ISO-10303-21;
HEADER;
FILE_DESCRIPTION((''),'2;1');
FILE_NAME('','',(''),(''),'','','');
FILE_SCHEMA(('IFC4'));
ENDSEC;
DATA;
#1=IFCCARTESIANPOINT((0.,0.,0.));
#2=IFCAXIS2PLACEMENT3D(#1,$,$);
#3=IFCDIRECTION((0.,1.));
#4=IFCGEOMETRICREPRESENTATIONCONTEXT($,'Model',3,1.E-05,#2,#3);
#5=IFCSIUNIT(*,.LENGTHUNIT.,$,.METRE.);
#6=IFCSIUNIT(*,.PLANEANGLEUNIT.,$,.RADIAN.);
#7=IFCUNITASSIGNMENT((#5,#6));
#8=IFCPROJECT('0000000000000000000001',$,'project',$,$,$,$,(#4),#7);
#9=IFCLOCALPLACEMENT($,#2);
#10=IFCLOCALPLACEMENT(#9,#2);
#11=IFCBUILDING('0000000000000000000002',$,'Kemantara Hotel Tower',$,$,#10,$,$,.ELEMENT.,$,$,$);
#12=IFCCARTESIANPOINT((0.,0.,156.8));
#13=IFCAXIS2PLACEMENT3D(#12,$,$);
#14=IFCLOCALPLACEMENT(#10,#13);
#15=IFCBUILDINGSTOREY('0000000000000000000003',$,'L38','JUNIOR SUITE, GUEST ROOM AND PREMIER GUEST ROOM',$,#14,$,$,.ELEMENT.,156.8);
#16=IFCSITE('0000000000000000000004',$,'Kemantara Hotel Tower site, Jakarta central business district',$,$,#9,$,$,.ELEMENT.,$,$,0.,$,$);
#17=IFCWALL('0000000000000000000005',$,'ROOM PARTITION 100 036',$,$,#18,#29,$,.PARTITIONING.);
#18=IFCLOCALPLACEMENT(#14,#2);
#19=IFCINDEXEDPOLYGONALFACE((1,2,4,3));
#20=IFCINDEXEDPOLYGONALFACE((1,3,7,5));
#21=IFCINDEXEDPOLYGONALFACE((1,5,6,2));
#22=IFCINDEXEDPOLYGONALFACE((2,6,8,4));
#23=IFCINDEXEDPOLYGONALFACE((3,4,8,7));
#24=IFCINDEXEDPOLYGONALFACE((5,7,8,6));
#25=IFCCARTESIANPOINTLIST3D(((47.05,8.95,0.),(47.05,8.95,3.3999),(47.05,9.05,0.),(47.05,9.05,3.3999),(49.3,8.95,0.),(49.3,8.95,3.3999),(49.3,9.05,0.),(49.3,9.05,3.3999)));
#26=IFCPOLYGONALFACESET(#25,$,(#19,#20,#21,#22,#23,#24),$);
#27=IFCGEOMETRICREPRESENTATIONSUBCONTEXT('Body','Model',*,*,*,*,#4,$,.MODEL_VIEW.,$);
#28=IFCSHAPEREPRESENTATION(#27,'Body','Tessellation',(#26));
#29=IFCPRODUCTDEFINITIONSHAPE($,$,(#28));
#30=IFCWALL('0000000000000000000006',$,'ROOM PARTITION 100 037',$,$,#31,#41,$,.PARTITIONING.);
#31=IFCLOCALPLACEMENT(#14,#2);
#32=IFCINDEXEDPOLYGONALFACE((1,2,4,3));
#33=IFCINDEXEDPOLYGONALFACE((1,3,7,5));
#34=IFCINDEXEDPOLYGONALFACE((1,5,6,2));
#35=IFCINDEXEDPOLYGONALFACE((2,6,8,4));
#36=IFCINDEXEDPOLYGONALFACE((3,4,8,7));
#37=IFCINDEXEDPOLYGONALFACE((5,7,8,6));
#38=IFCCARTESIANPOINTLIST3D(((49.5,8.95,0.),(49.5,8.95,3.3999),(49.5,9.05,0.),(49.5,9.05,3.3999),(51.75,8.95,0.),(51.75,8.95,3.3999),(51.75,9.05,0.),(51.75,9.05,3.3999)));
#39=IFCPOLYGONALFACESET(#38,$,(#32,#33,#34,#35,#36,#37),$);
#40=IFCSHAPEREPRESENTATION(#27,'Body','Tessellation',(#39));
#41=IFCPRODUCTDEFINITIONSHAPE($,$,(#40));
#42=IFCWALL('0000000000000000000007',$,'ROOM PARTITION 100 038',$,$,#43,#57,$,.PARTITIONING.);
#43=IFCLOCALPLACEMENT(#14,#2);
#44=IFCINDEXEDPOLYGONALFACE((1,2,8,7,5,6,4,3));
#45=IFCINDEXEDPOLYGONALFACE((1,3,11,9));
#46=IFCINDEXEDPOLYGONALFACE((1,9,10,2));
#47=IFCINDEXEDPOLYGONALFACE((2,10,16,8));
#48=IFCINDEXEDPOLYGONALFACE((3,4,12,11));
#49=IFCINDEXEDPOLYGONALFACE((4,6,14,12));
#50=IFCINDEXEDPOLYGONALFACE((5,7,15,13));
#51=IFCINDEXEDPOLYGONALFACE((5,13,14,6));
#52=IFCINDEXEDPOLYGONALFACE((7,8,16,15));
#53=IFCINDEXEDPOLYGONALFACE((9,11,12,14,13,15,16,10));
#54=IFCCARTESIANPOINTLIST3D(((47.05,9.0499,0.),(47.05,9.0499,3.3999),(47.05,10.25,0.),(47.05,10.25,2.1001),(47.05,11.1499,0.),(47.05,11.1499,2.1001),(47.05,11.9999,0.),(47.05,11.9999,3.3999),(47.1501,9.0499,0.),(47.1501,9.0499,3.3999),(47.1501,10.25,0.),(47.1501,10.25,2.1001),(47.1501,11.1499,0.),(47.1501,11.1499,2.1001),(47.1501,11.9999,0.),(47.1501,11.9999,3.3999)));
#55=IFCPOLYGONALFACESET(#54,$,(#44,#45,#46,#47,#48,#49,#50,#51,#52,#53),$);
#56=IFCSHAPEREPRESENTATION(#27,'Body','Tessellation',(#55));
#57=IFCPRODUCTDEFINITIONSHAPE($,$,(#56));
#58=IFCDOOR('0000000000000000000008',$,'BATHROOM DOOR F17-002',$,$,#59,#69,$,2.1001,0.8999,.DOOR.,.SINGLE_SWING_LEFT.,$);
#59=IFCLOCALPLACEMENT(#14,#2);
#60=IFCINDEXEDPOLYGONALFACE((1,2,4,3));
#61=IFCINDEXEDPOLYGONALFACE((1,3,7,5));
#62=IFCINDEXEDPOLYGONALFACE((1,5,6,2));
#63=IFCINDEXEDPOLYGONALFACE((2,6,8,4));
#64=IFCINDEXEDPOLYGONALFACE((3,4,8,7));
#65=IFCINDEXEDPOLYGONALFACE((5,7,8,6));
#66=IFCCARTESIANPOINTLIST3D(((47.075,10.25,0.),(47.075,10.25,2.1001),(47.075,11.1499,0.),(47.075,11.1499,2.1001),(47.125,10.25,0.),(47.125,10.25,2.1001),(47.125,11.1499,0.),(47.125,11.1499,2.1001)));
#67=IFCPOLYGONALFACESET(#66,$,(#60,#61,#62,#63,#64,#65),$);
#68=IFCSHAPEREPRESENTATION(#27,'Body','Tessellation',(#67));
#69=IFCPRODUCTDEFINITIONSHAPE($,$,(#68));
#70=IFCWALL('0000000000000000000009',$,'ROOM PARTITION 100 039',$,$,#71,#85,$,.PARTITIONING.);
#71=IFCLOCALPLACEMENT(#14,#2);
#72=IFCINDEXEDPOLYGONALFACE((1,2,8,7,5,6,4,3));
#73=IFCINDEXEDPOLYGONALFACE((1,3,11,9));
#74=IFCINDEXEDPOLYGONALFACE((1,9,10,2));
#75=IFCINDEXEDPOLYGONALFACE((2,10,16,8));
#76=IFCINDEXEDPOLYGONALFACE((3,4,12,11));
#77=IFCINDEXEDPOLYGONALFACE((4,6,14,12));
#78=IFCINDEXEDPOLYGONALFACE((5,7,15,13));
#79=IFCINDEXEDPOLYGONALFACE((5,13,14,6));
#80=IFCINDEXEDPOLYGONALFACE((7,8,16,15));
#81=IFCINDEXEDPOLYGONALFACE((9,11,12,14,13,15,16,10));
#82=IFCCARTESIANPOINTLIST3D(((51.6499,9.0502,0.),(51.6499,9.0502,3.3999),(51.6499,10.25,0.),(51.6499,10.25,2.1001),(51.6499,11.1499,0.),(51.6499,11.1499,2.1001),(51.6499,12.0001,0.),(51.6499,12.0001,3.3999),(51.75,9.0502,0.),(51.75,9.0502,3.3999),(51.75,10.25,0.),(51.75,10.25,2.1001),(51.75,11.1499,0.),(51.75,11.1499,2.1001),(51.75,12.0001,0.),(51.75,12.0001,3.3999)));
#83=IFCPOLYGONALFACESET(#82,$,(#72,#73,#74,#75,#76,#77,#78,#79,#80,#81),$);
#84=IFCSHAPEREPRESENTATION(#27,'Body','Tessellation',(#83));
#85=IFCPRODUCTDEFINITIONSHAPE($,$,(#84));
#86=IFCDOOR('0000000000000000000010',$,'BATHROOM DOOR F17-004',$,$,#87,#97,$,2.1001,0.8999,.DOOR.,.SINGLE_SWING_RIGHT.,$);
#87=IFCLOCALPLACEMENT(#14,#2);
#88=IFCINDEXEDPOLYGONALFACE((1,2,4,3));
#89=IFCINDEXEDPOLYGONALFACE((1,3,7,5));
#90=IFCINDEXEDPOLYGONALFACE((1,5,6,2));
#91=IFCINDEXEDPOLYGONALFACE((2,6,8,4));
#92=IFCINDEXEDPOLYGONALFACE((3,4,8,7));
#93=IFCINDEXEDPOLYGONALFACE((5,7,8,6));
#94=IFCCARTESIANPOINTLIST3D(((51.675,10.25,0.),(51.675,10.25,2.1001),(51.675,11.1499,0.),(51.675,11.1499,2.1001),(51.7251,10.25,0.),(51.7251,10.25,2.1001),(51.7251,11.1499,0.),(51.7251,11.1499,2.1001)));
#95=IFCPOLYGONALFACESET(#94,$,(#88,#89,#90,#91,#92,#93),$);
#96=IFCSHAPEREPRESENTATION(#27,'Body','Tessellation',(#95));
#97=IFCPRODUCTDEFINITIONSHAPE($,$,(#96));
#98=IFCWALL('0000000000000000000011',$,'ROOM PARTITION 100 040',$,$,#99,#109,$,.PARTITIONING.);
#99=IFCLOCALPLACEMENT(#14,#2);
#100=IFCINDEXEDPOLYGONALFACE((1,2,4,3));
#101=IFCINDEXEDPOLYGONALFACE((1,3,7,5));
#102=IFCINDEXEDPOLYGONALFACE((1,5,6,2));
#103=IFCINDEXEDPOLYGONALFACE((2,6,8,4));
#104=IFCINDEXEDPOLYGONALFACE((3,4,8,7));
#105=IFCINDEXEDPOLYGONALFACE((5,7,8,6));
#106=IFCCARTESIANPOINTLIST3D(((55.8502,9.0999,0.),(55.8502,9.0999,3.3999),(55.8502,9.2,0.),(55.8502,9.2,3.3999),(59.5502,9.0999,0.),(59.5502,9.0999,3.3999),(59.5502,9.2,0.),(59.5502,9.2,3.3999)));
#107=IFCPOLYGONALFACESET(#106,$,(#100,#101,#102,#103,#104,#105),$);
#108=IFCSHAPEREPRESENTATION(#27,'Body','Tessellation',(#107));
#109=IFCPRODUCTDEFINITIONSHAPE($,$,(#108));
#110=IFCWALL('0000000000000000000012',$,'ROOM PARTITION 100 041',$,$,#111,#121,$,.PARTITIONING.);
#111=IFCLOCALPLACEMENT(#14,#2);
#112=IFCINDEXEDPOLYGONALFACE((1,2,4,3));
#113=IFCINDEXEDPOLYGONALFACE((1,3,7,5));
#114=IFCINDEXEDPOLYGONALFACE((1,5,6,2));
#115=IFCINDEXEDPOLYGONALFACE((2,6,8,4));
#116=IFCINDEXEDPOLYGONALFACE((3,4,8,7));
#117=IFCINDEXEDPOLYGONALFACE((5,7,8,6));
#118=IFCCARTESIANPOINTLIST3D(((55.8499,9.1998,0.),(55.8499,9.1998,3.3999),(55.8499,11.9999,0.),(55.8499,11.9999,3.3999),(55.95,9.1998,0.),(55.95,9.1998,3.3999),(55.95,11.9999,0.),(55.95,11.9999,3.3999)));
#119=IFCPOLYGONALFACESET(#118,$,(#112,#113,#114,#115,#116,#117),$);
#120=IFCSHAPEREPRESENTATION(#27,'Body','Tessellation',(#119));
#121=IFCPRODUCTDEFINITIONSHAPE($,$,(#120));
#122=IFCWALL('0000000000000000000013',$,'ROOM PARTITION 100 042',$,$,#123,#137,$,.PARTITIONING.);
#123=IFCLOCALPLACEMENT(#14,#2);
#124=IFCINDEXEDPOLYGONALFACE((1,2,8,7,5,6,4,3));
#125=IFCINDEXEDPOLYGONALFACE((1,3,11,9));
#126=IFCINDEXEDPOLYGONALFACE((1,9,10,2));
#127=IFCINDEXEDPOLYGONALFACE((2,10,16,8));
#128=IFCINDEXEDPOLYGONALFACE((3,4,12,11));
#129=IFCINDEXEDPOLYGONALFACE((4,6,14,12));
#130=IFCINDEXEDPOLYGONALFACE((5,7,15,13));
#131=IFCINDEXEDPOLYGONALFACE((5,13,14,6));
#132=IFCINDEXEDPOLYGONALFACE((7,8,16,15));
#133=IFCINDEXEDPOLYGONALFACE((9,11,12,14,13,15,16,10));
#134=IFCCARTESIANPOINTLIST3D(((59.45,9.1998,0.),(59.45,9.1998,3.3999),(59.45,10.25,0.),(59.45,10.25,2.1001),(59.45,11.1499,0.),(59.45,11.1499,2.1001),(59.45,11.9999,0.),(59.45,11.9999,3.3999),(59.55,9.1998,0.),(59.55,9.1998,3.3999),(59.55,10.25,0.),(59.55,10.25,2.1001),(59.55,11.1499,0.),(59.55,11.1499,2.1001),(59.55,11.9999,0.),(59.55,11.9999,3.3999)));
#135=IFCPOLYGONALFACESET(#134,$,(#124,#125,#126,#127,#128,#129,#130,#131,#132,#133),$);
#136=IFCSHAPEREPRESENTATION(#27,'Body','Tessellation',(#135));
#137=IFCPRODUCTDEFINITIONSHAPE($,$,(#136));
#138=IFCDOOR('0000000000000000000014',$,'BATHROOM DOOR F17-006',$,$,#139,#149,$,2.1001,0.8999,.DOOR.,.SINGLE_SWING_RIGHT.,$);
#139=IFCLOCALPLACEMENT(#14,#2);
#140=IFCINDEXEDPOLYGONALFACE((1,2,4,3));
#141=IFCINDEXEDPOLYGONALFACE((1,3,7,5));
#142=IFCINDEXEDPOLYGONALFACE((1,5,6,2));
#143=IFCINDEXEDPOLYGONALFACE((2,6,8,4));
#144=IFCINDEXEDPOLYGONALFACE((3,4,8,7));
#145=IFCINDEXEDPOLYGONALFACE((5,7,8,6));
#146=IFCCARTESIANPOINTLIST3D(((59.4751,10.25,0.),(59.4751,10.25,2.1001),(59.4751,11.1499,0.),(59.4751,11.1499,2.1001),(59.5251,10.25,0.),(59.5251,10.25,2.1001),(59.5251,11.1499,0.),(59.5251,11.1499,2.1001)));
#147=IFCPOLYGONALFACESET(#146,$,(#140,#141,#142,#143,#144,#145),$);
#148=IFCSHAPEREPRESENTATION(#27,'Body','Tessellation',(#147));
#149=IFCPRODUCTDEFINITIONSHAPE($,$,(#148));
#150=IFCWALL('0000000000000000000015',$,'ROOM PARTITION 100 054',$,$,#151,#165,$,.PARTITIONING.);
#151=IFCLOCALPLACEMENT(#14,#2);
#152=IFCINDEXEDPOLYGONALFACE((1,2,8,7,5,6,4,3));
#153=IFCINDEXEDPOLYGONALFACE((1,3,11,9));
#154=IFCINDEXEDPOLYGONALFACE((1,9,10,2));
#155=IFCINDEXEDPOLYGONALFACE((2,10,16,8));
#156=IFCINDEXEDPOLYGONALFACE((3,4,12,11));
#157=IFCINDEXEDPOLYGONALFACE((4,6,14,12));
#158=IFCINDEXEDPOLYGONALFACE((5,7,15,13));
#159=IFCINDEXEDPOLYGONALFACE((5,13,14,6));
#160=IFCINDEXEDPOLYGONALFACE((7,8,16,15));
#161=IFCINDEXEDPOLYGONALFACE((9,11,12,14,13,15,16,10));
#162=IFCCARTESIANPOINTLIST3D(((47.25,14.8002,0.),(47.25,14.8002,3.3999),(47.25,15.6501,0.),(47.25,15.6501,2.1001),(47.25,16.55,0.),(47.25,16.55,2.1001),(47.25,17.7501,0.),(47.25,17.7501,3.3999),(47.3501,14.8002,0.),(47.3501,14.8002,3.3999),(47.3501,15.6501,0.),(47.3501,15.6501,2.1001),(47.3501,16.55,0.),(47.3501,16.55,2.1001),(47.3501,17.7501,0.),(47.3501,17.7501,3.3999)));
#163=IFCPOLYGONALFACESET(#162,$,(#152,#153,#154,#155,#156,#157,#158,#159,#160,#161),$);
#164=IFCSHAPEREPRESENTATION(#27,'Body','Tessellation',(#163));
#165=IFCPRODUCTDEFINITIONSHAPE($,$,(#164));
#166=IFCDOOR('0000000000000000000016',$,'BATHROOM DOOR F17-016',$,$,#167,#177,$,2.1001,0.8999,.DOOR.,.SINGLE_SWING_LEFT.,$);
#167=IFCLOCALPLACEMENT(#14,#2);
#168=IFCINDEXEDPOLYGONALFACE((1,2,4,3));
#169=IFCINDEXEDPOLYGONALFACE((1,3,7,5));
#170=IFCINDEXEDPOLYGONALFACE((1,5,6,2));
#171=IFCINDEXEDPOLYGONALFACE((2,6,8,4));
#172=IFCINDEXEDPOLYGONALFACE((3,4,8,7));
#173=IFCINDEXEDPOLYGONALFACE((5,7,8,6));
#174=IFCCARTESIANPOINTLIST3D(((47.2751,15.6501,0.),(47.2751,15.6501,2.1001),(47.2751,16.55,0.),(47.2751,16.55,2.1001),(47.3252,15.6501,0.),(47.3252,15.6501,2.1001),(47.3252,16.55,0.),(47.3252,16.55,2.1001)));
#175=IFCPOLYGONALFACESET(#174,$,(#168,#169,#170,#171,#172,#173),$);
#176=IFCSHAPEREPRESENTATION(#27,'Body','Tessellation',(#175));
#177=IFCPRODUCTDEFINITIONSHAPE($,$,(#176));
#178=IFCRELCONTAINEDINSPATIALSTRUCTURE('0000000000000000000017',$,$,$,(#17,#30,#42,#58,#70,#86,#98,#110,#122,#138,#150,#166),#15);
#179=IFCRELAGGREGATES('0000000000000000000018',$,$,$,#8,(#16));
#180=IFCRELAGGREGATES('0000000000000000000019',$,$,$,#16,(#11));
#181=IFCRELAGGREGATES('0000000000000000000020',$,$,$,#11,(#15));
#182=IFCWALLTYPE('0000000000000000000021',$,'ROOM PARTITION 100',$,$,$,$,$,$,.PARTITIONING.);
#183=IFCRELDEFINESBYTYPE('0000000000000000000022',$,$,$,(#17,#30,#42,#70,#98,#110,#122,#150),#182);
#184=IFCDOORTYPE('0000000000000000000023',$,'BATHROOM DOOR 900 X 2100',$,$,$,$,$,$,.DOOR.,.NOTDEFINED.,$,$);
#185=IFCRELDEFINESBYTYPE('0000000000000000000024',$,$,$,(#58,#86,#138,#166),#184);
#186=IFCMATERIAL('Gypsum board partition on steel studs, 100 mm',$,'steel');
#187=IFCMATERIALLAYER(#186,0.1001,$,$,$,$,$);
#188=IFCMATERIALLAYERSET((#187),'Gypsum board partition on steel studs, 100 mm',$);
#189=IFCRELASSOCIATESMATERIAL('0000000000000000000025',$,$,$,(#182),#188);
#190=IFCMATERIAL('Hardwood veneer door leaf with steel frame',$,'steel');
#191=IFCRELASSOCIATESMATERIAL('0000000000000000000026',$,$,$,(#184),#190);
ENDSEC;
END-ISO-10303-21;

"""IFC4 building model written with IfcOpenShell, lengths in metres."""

from ifc_helpers import new_model, si_unit, direction, frame, frame_2d, origin, place, context, subcontext, project, spatial, rectangle, extrude, material, layer, layer_set, type_object, element, fill, save


model = new_model("IFC4")

# Units and contexts
model_context = context("Model", 3, precision=1e-05, world=origin(), true_north=direction((0.0, 1.0)))
body_context = subcontext(model_context, "Body", "Model", "MODEL_VIEW")
ifc_project = project(units=[si_unit("LENGTHUNIT", "METRE"), si_unit("PLANEANGLEUNIT", "RADIAN")], contexts=[model_context])

# Site, building, storey
site_placement = place(None, origin())
site = spatial("IfcSite", under=ifc_project, at=site_placement, Name="Kemantara Hotel Tower site, Jakarta central business district", CompositionType="ELEMENT", RefElevation=0.0)
building_placement = place(site_placement, origin())
building = spatial("IfcBuilding", under=site, at=building_placement, Name="Kemantara Hotel Tower", CompositionType="ELEMENT")
storey_placement = place(building_placement, frame((0.0, 0.0, 156.8)))
storey = spatial("IfcBuildingStorey", under=building, at=storey_placement, Name="L38", Description="JUNIOR SUITE, GUEST ROOM AND PREMIER GUEST ROOM", CompositionType="ELEMENT", Elevation=156.8)

# Shared definitions
ifc_material_1 = material(Name="Hardwood veneer door leaf with steel frame", Category="steel")

# Walls
ifc_material_2 = material(Name="Gypsum board partition on steel studs, 100 mm", Category="steel")
ifc_layer_1 = layer(ifc_material_2, 0.1001)
ifc_layer_set_1 = layer_set([ifc_layer_1], Name="Gypsum board partition on steel studs, 100 mm")
wall_type_1 = type_object("IfcWallType", Name="ROOM PARTITION 100", PredefinedType="PARTITIONING", material=ifc_layer_set_1)
for number, where, z_axis, x_axis, name in (
    (1, (47.05, 9.0, 0.0), (0.0, 0.0, 1.0), (1.0, 0.0, 0.0), "ROOM PARTITION 100 036"),
    (2, (49.5, 9.0, 0.0), (0.0, 0.0, 1.0), (1.0, 0.0, 0.0), "ROOM PARTITION 100 037"),
):
    element("IfcWall", number, at=place(storey_placement, frame(where, z_axis=z_axis, x_axis=x_axis)), inside=storey, type_object=wall_type_1, Name=name, PredefinedType="PARTITIONING", context=body_context, shape_type="SweptSolid", body=[
        extrude(rectangle(XDim=2.25, YDim=0.1001, at=frame_2d((1.125, 0.0))), origin(), (0.0, 0.0, 1.0), 3.3999),
    ])

# Walls, openings, doors
wall_1_placement = place(storey_placement, frame((47.1001, 12.0, 0.0), z_axis=(0.0, 0.0, 1.0), x_axis=(0.0, -1.0, 0.0)))
wall_1 = element("IfcWall", 3, at=wall_1_placement, inside=storey, type_object=wall_type_1, Name="ROOM PARTITION 100 038", PredefinedType="PARTITIONING", context=body_context, shape_type="SweptSolid", body=[
    extrude(rectangle(XDim=2.95, YDim=0.1001, at=frame_2d((1.4751, 0.0))), origin(), (0.0, 0.0, 1.0), 3.3999),
])
opening_1_placement = place(wall_1_placement, frame((0.8501, 0.0, 0.0)))
opening_1 = element("IfcOpeningElement", 4, at=opening_1_placement, cuts=wall_1, PredefinedType="OPENING", context=body_context, shape_type="SweptSolid", body=[
    extrude(rectangle(XDim=0.8999, YDim=2.1001, at=frame_2d((0.45, 1.05))), frame((0.0, 0.0601, 0.0), z_axis=(0.0, -1.0, 0.0), x_axis=(1.0, 0.0, 0.0)), (0.0, 0.0, 1.0), 0.1201),
])
door_type_1 = type_object("IfcDoorType", Name="BATHROOM DOOR 900 X 2100", OperationType="NOTDEFINED", PredefinedType="DOOR", material=ifc_material_1)
door_1_placement = place(opening_1_placement, origin())
door_1 = element("IfcDoor", 5, at=door_1_placement, inside=storey, type_object=door_type_1, Name="BATHROOM DOOR F17-002", OperationType="SINGLE_SWING_LEFT", OverallHeight=2.1001, OverallWidth=0.8999, PredefinedType="DOOR", context=body_context, shape_type="SweptSolid", body=[
    extrude(rectangle(XDim=0.8999, YDim=2.1001, at=frame_2d((0.45, 1.05))), frame((0.0, 0.0249, 0.0), z_axis=(0.0, -1.0, 0.0), x_axis=(1.0, 0.0, 0.0)), (0.0, 0.0, 1.0), 0.05),
])
fill(opening_1, door_1)
wall_2_placement = place(storey_placement, frame((51.7, 9.05, 0.0), z_axis=(0.0, 0.0, 1.0), x_axis=(0.0, 1.0, 0.0)))
wall_2 = element("IfcWall", 6, at=wall_2_placement, inside=storey, type_object=wall_type_1, Name="ROOM PARTITION 100 039", PredefinedType="PARTITIONING", context=body_context, shape_type="SweptSolid", body=[
    extrude(rectangle(XDim=2.95, YDim=0.1001, at=frame_2d((1.4751, 0.0))), origin(), (0.0, 0.0, 1.0), 3.3999),
])
opening_2_placement = place(wall_2_placement, frame((1.2, 0.0, 0.0)))
opening_2 = element("IfcOpeningElement", 7, at=opening_2_placement, cuts=wall_2, PredefinedType="OPENING", context=body_context, shape_type="SweptSolid", body=[
    extrude(rectangle(XDim=0.8999, YDim=2.1001, at=frame_2d((0.45, 1.05))), frame((0.0, 0.0601, 0.0), z_axis=(0.0, -1.0, 0.0), x_axis=(1.0, 0.0, 0.0)), (0.0, 0.0, 1.0), 0.1201),
])
door_2_placement = place(opening_2_placement, origin())
door_2 = element("IfcDoor", 8, at=door_2_placement, inside=storey, type_object=door_type_1, Name="BATHROOM DOOR F17-004", OperationType="SINGLE_SWING_RIGHT", OverallHeight=2.1001, OverallWidth=0.8999, PredefinedType="DOOR", context=body_context, shape_type="SweptSolid", body=[
    extrude(rectangle(XDim=0.8999, YDim=2.1001, at=frame_2d((0.45, 1.05))), frame((0.0, 0.0249, 0.0), z_axis=(0.0, -1.0, 0.0), x_axis=(1.0, 0.0, 0.0)), (0.0, 0.0, 1.0), 0.05),
])
fill(opening_2, door_2)

# Walls
wall_3_placement = place(storey_placement, frame((55.8501, 9.1499, 0.0), z_axis=(0.0, 0.0, 1.0), x_axis=(1.0, 0.0, 0.0)))
element("IfcWall", 9, at=wall_3_placement, inside=storey, type_object=wall_type_1, Name="ROOM PARTITION 100 040", PredefinedType="PARTITIONING", context=body_context, shape_type="SweptSolid", body=[
    extrude(rectangle(XDim=3.7, YDim=0.1001, at=frame_2d((1.8501, 0.0))), origin(), (0.0, 0.0, 1.0), 3.3999),
])
wall_4_placement = place(storey_placement, frame((55.8999, 9.2, 0.0), z_axis=(0.0, 0.0, 1.0), x_axis=(0.0, 1.0, 0.0)))
element("IfcWall", 10, at=wall_4_placement, inside=storey, type_object=wall_type_1, Name="ROOM PARTITION 100 041", PredefinedType="PARTITIONING", context=body_context, shape_type="SweptSolid", body=[
    extrude(rectangle(XDim=2.8, YDim=0.1001, at=frame_2d((1.3999, 0.0))), origin(), (0.0, 0.0, 1.0), 3.3999),
])

# Walls, openings, doors
wall_5_placement = place(storey_placement, frame((59.5, 9.2, 0.0), z_axis=(0.0, 0.0, 1.0), x_axis=(0.0, 1.0, 0.0)))
wall_5 = element("IfcWall", 11, at=wall_5_placement, inside=storey, type_object=wall_type_1, Name="ROOM PARTITION 100 042", PredefinedType="PARTITIONING", context=body_context, shape_type="SweptSolid", body=[
    extrude(rectangle(XDim=2.8, YDim=0.1001, at=frame_2d((1.3999, 0.0))), origin(), (0.0, 0.0, 1.0), 3.3999),
])
opening_3_placement = place(wall_5_placement, frame((1.05, 0.0, 0.0)))
opening_3 = element("IfcOpeningElement", 12, at=opening_3_placement, cuts=wall_5, PredefinedType="OPENING", context=body_context, shape_type="SweptSolid", body=[
    extrude(rectangle(XDim=0.8999, YDim=2.1001, at=frame_2d((0.45, 1.05))), frame((0.0, 0.0601, 0.0), z_axis=(0.0, -1.0, 0.0), x_axis=(1.0, 0.0, 0.0)), (0.0, 0.0, 1.0), 0.1201),
])
door_3_placement = place(opening_3_placement, origin())
door_3 = element("IfcDoor", 13, at=door_3_placement, inside=storey, type_object=door_type_1, Name="BATHROOM DOOR F17-006", OperationType="SINGLE_SWING_RIGHT", OverallHeight=2.1001, OverallWidth=0.8999, PredefinedType="DOOR", context=body_context, shape_type="SweptSolid", body=[
    extrude(rectangle(XDim=0.8999, YDim=2.1001, at=frame_2d((0.45, 1.05))), frame((0.0, 0.0249, 0.0), z_axis=(0.0, -1.0, 0.0), x_axis=(1.0, 0.0, 0.0)), (0.0, 0.0, 1.0), 0.05),
])
fill(opening_3, door_3)
wall_6_placement = place(storey_placement, frame((47.3, 14.8, 0.0), z_axis=(0.0, 0.0, 1.0), x_axis=(0.0, 1.0, 0.0)))
wall_6 = element("IfcWall", 14, at=wall_6_placement, inside=storey, type_object=wall_type_1, Name="ROOM PARTITION 100 054", PredefinedType="PARTITIONING", context=body_context, shape_type="SweptSolid", body=[
    extrude(rectangle(XDim=2.95, YDim=0.1001, at=frame_2d((1.4751, 0.0))), origin(), (0.0, 0.0, 1.0), 3.3999),
])
opening_4_placement = place(wall_6_placement, frame((0.8501, 0.0, 0.0)))
opening_4 = element("IfcOpeningElement", 15, at=opening_4_placement, cuts=wall_6, PredefinedType="OPENING", context=body_context, shape_type="SweptSolid", body=[
    extrude(rectangle(XDim=0.8999, YDim=2.1001, at=frame_2d((0.45, 1.05))), frame((0.0, 0.0601, 0.0), z_axis=(0.0, -1.0, 0.0), x_axis=(1.0, 0.0, 0.0)), (0.0, 0.0, 1.0), 0.1201),
])
door_4_placement = place(opening_4_placement, origin())
door_4 = element("IfcDoor", 16, at=door_4_placement, inside=storey, type_object=door_type_1, Name="BATHROOM DOOR F17-016", OperationType="SINGLE_SWING_LEFT", OverallHeight=2.1001, OverallWidth=0.8999, PredefinedType="DOOR", context=body_context, shape_type="SweptSolid", body=[
    extrude(rectangle(XDim=0.8999, YDim=2.1001, at=frame_2d((0.45, 1.05))), frame((0.0, 0.0249, 0.0), z_axis=(0.0, -1.0, 0.0), x_axis=(1.0, 0.0, 0.0)), (0.0, 0.0, 1.0), 0.05),
])
fill(opening_4, door_4)

save(model, "model.ifc")
